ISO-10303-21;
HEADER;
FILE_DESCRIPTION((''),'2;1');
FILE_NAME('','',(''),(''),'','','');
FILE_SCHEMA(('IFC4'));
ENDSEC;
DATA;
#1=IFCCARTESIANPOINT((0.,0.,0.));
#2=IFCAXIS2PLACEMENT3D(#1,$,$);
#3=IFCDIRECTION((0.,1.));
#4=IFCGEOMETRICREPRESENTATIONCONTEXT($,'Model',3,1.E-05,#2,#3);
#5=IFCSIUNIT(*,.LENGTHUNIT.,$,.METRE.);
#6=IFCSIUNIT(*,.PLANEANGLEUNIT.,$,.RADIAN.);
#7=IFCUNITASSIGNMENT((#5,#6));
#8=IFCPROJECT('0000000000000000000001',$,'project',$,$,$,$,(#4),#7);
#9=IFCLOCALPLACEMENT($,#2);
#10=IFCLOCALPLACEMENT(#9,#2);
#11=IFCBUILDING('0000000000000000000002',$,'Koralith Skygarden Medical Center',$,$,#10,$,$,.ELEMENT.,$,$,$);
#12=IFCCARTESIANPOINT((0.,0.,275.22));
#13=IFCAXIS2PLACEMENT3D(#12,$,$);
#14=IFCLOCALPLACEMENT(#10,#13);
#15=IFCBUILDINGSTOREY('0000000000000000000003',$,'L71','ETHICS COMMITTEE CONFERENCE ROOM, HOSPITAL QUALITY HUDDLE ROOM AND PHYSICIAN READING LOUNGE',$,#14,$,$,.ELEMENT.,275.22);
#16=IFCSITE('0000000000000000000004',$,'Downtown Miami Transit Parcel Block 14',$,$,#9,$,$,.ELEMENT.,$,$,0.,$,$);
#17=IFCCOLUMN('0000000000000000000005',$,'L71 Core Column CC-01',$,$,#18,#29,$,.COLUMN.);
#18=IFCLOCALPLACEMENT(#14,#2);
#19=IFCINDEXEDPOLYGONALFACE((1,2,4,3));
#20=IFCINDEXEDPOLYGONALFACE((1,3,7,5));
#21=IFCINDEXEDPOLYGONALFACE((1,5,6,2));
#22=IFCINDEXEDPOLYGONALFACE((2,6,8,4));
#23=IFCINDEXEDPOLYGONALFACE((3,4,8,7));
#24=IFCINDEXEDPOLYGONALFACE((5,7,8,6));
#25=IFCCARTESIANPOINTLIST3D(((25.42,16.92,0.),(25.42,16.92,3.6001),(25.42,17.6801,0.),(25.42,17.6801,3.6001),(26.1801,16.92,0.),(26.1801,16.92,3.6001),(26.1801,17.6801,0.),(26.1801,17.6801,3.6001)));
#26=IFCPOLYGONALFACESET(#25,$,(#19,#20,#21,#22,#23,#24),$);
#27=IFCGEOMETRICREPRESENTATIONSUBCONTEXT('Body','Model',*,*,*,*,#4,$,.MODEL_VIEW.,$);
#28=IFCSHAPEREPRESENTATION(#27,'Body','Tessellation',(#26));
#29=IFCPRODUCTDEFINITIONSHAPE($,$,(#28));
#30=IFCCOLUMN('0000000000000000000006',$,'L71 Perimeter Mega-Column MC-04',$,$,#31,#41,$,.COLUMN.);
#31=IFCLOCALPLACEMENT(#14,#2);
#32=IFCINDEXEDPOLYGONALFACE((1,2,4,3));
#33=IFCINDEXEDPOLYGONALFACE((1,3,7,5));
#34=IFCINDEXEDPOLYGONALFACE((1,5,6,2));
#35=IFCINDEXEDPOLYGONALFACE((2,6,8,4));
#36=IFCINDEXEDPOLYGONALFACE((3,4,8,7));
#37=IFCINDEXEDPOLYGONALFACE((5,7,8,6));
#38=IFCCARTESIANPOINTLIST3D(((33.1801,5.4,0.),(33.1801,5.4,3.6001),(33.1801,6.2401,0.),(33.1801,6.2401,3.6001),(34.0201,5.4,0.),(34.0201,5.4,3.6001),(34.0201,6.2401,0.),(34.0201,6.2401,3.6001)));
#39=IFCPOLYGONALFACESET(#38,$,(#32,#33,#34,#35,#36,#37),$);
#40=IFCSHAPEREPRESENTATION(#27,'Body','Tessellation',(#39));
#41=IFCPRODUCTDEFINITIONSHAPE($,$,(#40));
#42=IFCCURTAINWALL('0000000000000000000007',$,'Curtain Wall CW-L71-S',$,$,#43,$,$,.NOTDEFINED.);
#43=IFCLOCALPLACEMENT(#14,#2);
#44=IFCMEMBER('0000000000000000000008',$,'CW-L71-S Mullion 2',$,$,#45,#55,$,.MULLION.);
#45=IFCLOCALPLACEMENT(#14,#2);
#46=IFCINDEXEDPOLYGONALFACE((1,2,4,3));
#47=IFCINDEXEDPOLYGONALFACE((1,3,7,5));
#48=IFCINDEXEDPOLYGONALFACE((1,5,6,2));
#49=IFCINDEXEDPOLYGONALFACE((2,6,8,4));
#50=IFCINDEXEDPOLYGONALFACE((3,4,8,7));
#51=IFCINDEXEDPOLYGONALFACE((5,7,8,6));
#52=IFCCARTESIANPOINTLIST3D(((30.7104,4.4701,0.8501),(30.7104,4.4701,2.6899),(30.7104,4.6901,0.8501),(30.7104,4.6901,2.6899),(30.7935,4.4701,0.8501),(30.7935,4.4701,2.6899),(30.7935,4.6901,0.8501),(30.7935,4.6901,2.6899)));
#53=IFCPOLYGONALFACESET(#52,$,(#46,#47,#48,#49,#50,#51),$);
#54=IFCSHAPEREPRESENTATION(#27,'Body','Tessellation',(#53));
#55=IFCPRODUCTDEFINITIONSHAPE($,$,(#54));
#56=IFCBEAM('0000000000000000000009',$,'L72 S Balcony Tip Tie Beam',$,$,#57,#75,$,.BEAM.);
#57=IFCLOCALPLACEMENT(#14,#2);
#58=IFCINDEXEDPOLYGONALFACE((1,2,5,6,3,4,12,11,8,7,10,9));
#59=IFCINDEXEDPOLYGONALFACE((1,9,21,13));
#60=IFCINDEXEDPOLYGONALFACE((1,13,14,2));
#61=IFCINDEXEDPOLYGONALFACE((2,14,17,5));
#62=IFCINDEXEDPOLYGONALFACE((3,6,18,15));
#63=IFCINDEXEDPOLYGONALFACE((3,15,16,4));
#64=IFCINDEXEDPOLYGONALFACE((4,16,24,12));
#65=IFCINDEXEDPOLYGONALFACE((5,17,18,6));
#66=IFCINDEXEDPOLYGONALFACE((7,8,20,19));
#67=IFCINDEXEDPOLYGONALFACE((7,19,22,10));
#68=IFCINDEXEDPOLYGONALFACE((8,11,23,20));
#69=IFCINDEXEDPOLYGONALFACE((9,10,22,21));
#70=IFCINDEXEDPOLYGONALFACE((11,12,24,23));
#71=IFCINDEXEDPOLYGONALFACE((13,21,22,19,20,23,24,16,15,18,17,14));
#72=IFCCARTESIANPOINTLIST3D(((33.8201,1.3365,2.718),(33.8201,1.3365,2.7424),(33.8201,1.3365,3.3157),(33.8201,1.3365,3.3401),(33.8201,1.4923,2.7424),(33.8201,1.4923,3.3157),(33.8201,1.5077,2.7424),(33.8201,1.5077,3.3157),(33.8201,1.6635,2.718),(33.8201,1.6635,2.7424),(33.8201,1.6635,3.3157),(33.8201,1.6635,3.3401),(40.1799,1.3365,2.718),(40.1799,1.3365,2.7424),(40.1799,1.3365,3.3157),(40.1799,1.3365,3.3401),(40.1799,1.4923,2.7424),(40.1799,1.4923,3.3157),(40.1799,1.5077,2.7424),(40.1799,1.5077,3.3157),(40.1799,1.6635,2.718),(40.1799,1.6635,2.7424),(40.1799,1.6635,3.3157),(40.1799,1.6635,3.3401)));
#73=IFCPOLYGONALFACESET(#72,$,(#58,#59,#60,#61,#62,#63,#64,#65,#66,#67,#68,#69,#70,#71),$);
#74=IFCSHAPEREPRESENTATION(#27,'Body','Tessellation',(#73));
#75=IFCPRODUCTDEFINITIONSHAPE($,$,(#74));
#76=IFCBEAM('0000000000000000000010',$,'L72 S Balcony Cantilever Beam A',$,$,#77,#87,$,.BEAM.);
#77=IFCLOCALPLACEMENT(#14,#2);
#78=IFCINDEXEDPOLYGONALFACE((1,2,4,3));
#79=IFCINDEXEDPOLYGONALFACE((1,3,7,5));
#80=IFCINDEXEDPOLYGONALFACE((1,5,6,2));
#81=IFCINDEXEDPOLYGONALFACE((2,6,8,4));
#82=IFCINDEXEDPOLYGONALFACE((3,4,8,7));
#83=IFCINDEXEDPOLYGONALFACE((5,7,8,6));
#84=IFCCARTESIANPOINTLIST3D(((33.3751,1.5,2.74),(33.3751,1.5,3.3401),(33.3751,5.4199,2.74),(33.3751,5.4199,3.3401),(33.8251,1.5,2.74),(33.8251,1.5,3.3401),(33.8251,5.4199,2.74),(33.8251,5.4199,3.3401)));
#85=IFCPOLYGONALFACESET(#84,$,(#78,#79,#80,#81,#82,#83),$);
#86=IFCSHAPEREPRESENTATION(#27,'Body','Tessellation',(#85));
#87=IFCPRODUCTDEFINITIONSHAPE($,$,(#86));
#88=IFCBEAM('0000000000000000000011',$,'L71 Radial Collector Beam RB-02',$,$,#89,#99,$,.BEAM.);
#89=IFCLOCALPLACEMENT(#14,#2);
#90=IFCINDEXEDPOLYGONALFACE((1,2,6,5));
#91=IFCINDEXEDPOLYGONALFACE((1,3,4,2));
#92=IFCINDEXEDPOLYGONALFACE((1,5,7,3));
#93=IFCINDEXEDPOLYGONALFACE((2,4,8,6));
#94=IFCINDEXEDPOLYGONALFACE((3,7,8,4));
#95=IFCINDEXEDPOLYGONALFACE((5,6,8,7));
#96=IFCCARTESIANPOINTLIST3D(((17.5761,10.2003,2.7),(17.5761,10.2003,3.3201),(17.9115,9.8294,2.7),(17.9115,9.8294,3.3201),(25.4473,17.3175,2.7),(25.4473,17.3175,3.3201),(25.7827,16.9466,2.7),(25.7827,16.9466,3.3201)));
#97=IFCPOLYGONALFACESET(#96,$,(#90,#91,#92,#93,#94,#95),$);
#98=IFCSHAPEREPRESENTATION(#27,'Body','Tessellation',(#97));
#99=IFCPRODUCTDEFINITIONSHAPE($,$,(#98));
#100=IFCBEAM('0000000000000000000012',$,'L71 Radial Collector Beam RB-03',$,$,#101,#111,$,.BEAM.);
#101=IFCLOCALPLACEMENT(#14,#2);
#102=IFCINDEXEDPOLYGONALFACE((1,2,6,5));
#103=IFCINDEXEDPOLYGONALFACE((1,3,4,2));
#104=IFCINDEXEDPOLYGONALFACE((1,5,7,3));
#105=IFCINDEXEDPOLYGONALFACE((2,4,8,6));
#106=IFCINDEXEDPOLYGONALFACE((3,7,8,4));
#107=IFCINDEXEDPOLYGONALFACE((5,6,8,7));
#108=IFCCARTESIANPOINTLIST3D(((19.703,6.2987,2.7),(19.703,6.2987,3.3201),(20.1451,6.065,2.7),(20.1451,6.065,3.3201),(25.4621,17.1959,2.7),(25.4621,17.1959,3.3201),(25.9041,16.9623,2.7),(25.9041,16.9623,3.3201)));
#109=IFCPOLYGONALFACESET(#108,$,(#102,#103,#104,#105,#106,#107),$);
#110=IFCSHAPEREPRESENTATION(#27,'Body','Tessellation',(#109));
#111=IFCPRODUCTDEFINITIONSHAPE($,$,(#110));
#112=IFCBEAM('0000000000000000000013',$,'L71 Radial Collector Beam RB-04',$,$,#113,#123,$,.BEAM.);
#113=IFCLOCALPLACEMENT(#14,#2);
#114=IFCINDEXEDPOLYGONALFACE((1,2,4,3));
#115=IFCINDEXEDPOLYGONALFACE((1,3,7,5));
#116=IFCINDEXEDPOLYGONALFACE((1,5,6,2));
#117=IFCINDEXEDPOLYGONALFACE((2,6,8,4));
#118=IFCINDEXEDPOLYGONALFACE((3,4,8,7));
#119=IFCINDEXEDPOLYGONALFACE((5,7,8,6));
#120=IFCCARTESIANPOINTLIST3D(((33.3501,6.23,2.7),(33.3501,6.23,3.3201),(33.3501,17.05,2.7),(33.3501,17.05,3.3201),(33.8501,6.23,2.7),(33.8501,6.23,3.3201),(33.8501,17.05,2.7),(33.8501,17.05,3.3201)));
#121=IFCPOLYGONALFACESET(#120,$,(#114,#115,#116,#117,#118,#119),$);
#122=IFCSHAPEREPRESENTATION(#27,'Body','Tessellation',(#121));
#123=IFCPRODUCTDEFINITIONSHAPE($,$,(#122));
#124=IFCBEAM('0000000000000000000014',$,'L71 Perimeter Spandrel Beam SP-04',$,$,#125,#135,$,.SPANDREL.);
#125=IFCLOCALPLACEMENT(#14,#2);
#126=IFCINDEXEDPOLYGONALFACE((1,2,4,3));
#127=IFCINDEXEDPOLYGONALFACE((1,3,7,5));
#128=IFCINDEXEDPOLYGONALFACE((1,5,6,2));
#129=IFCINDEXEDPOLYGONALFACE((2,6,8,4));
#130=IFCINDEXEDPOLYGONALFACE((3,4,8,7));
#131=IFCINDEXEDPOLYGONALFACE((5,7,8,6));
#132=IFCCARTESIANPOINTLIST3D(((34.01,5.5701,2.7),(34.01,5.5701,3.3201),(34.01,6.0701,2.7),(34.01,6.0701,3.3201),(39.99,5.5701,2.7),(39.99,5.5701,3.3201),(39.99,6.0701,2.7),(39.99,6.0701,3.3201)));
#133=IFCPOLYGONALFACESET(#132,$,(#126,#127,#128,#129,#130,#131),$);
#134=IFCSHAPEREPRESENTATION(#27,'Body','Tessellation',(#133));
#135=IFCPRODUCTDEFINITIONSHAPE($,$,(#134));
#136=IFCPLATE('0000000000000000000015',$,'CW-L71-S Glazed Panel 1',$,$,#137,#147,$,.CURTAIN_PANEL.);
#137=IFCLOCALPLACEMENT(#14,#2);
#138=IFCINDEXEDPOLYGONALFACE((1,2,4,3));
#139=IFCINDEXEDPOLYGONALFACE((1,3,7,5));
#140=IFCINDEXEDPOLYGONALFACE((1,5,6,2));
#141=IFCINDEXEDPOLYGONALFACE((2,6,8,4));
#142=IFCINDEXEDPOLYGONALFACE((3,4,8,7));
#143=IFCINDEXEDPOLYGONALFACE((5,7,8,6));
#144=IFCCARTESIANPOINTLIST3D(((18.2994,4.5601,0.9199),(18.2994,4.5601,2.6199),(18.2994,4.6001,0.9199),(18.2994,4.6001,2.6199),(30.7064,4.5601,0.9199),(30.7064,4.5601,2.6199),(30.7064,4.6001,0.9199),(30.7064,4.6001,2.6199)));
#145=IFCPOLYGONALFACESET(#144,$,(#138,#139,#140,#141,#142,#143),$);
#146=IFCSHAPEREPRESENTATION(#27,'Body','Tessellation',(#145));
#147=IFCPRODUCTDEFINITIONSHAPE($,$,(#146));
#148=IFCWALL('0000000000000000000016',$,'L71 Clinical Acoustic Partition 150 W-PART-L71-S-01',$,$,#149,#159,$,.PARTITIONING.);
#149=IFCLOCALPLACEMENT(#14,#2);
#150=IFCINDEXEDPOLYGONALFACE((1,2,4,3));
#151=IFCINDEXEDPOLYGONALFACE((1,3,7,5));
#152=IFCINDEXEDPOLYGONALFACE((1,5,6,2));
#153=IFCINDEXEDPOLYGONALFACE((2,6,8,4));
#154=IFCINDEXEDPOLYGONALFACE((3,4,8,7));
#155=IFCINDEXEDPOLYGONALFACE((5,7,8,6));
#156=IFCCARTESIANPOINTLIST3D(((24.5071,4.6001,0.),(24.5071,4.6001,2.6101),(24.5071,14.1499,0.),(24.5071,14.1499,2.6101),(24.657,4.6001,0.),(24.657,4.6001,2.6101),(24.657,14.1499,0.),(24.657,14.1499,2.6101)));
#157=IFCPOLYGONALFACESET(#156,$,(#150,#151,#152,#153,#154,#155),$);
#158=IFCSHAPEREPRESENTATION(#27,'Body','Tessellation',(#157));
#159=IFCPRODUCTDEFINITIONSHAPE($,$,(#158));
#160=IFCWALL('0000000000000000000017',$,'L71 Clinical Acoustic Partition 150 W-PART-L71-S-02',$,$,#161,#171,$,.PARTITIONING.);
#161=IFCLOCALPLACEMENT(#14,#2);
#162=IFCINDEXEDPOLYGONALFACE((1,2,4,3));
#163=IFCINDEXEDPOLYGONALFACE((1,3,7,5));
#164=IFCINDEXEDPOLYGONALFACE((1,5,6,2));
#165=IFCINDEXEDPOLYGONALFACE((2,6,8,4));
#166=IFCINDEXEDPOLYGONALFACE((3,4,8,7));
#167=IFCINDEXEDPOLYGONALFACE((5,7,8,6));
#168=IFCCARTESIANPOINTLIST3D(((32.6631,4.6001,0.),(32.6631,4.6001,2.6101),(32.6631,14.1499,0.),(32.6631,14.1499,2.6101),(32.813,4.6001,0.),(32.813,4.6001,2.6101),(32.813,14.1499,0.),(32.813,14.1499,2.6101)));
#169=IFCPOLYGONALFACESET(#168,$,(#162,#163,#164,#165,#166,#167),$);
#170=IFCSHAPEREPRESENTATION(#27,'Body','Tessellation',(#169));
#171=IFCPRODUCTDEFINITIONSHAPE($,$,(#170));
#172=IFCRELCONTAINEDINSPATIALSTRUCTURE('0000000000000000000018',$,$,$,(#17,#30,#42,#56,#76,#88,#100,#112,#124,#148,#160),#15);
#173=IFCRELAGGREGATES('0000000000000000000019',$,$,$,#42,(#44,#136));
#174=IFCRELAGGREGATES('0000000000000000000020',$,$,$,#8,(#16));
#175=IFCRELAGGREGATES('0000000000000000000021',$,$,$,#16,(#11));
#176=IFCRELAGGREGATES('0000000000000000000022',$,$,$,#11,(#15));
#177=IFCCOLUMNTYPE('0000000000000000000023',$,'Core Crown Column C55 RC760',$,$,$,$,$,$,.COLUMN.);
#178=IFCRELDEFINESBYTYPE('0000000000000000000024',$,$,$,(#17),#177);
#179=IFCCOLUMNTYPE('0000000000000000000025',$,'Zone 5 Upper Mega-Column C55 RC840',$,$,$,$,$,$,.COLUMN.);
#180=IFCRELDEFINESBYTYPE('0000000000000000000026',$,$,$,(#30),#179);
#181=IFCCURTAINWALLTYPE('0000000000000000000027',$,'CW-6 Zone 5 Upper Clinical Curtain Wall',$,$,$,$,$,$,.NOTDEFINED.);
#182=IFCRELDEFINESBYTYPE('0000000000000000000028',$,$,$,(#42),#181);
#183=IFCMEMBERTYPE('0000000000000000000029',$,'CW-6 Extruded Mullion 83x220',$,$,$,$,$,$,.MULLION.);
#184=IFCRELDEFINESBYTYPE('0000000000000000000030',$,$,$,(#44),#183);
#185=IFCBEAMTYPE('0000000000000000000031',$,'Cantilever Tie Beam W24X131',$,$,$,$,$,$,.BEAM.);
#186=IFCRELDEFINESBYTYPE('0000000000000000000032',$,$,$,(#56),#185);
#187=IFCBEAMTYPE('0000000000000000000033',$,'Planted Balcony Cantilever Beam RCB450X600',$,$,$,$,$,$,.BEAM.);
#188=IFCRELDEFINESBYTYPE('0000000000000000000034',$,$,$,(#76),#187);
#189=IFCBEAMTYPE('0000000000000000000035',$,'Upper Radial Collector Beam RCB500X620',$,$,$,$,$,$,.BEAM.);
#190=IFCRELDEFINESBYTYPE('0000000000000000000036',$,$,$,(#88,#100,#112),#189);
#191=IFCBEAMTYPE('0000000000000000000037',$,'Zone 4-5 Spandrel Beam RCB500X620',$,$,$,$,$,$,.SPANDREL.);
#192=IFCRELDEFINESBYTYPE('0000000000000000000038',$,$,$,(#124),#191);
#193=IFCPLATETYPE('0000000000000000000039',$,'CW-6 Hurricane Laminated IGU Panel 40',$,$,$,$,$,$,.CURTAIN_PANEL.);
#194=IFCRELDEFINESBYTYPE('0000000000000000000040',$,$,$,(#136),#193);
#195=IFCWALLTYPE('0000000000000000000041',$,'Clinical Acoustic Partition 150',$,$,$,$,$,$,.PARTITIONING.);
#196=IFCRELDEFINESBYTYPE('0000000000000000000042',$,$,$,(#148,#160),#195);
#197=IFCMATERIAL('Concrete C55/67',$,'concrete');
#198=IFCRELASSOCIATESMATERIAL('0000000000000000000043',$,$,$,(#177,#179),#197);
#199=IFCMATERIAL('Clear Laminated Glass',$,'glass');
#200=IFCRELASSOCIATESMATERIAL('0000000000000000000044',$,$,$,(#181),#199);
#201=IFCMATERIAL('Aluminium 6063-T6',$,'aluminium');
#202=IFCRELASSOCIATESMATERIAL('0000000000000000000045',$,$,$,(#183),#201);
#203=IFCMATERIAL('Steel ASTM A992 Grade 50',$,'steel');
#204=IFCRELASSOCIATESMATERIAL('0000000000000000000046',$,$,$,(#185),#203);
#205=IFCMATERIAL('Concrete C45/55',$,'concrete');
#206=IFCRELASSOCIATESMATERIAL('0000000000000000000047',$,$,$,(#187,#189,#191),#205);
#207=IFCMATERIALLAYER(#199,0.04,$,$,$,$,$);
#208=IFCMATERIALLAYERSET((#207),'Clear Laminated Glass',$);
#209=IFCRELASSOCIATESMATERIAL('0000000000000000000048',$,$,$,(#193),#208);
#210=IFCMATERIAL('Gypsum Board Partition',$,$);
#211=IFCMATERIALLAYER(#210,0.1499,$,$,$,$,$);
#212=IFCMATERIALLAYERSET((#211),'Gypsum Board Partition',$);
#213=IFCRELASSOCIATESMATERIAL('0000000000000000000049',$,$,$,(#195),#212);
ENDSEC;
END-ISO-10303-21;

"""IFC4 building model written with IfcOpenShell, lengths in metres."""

from ifc_helpers import new_model, si_unit, direction, frame, frame_2d, origin, origin_2d, place, context, subcontext, project, spatial, rectangle, i_section, extrude, material, layer, layer_set, material_profile, profile_set, type_object, element, aggregate, save


model = new_model("IFC4")

# Units and contexts
model_context = context("Model", 3, precision=1e-05, world=origin(), true_north=direction((0.0, 1.0)))
body_context = subcontext(model_context, "Body", "Model", "MODEL_VIEW")
ifc_project = project(units=[si_unit("LENGTHUNIT", "METRE"), si_unit("PLANEANGLEUNIT", "RADIAN")], contexts=[model_context])

# Site, building, storey
site_placement = place(None, origin())
site = spatial("IfcSite", under=ifc_project, at=site_placement, Name="Downtown Miami Transit Parcel Block 14", CompositionType="ELEMENT", RefElevation=0.0)
building_placement = place(site_placement, origin())
building = spatial("IfcBuilding", under=site, at=building_placement, Name="Koralith Skygarden Medical Center", CompositionType="ELEMENT")
storey_placement = place(building_placement, frame((0.0, 0.0, 275.22)))
storey = spatial("IfcBuildingStorey", under=building, at=storey_placement, Name="L71", Description="ETHICS COMMITTEE CONFERENCE ROOM, HOSPITAL QUALITY HUDDLE ROOM AND PHYSICIAN READING LOUNGE", CompositionType="ELEMENT", Elevation=275.22)

# Columns
ifc_material_1 = material(Name="Concrete C55/67", Category="concrete")
ifc_material_profile_1 = material_profile(ifc_material_1, rectangle(XDim=0.76, YDim=0.76, at=origin_2d()), Name="RC760X760")
ifc_profile_set_1 = profile_set([ifc_material_profile_1], Name="Concrete C55/67")
column_type_1 = type_object("IfcColumnType", Name="Core Crown Column C55 RC760", PredefinedType="COLUMN", material=ifc_profile_set_1)
column_1_placement = place(storey_placement, frame((25.8, 17.3, 0.0), z_axis=(0.0, 0.0, 1.0), x_axis=(1.0, 0.0, 0.0)))
element("IfcColumn", 1, at=column_1_placement, inside=storey, type_object=column_type_1, Name="L71 Core Column CC-01", PredefinedType="COLUMN", context=body_context, shape_type="SweptSolid", body=[
    extrude(rectangle(XDim=0.76, YDim=0.76, at=origin_2d()), origin(), (0.0, 0.0, 1.0), 3.6001),
])
ifc_material_profile_2 = material_profile(ifc_material_1, rectangle(XDim=0.8401, YDim=0.8401, at=origin_2d()), Name="RC840X840")
ifc_profile_set_2 = profile_set([ifc_material_profile_2], Name="Concrete C55/67")
column_type_2 = type_object("IfcColumnType", Name="Zone 5 Upper Mega-Column C55 RC840", PredefinedType="COLUMN", material=ifc_profile_set_2)
column_2_placement = place(storey_placement, frame((33.6001, 5.8201, 0.0), z_axis=(0.0, 0.0, 1.0), x_axis=(1.0, 0.0, 0.0)))
element("IfcColumn", 2, at=column_2_placement, inside=storey, type_object=column_type_2, Name="L71 Perimeter Mega-Column MC-04", PredefinedType="COLUMN", context=body_context, shape_type="SweptSolid", body=[
    extrude(rectangle(XDim=0.8401, YDim=0.8401, at=origin_2d()), origin(), (0.0, 0.0, 1.0), 3.6001),
])

# Curtain wall, member
ifc_material_2 = material(Name="Clear Laminated Glass", Category="glass")
curtain_wall_type = type_object("IfcCurtainWallType", Name="CW-6 Zone 5 Upper Clinical Curtain Wall", PredefinedType="NOTDEFINED", material=ifc_material_2)
curtain_wall_placement = place(storey_placement, origin())
curtain_wall = element("IfcCurtainWall", 3, at=curtain_wall_placement, inside=storey, type_object=curtain_wall_type, Name="Curtain Wall CW-L71-S", PredefinedType="NOTDEFINED")
ifc_material_3 = material(Name="Aluminium 6063-T6", Category="aluminium")
ifc_material_profile_3 = material_profile(ifc_material_3, rectangle(XDim=0.083, YDim=0.22, at=origin_2d()), Name="MUL83X220")
ifc_profile_set_3 = profile_set([ifc_material_profile_3], Name="Aluminium 6063-T6")
member_type = type_object("IfcMemberType", Name="CW-6 Extruded Mullion 83x220", PredefinedType="MULLION", material=ifc_profile_set_3)
member_placement = place(storey_placement, frame((30.752, 4.5801, 0.8501), z_axis=(0.0, 0.0, 1.0), x_axis=(1.0, 0.0, 0.0)))
member = element("IfcMember", 4, at=member_placement, type_object=member_type, Name="CW-L71-S Mullion 2", PredefinedType="MULLION", context=body_context, shape_type="SweptSolid", body=[
    extrude(rectangle(XDim=0.083, YDim=0.22, at=origin_2d()), origin(), (0.0, 0.0, 1.0), 1.8398),
])

# Beams
ifc_material_4 = material(Name="Steel ASTM A992 Grade 50", Category="steel")
ifc_material_profile_4 = material_profile(ifc_material_4, i_section(OverallWidth=0.3269, OverallDepth=0.6221, WebThickness=0.0154, FlangeThickness=0.0244, at=origin_2d()), Name="W24X131")
ifc_profile_set_4 = profile_set([ifc_material_profile_4], Name="Steel ASTM A992 Grade 50")
beam_type_1 = type_object("IfcBeamType", Name="Cantilever Tie Beam W24X131", PredefinedType="BEAM", material=ifc_profile_set_4)
beam_1_placement = place(storey_placement, frame((33.8201, 1.5, 3.0291), z_axis=(1.0, 0.0, 0.0), x_axis=(0.0, 1.0, 0.0)))
element("IfcBeam", 5, at=beam_1_placement, inside=storey, type_object=beam_type_1, Name="L72 S Balcony Tip Tie Beam", PredefinedType="BEAM", context=body_context, shape_type="SweptSolid", body=[
    extrude(i_section(OverallWidth=0.3269, OverallDepth=0.6221, WebThickness=0.0154, FlangeThickness=0.0244, at=origin_2d()), origin(), (0.0, 0.0, 1.0), 6.3599),
])
ifc_material_5 = material(Name="Concrete C45/55", Category="concrete")
ifc_material_profile_5 = material_profile(ifc_material_5, rectangle(XDim=0.45, YDim=0.6001, at=origin_2d()), Name="RCB450X600")
ifc_profile_set_5 = profile_set([ifc_material_profile_5], Name="Concrete C45/55")
beam_type_2 = type_object("IfcBeamType", Name="Planted Balcony Cantilever Beam RCB450X600", PredefinedType="BEAM", material=ifc_profile_set_5)
beam_2_placement = place(storey_placement, frame((33.6001, 5.4199, 3.04), z_axis=(0.0, -1.0, 0.0), x_axis=(1.0, 0.0, 0.0)))
element("IfcBeam", 6, at=beam_2_placement, inside=storey, type_object=beam_type_2, Name="L72 S Balcony Cantilever Beam A", PredefinedType="BEAM", context=body_context, shape_type="SweptSolid", body=[
    extrude(rectangle(XDim=0.45, YDim=0.6001, at=origin_2d()), origin(), (0.0, 0.0, 1.0), 3.9199),
])
ifc_material_profile_6 = material_profile(ifc_material_5, rectangle(XDim=0.5, YDim=0.6201, at=origin_2d()), Name="RCB500X620")
ifc_profile_set_6 = profile_set([ifc_material_profile_6], Name="Concrete C45/55")
beam_type_3 = type_object("IfcBeamType", Name="Upper Radial Collector Beam RCB500X620", PredefinedType="BEAM", material=ifc_profile_set_6)
beam_3_placement = place(storey_placement, frame((25.615, 17.1321, 3.01), z_axis=(-0.741736, -0.670692, 0.0), x_axis=(0.670692, -0.741736, 0.0)))
element("IfcBeam", 7, at=beam_3_placement, inside=storey, type_object=beam_type_3, Name="L71 Radial Collector Beam RB-02", PredefinedType="BEAM", context=body_context, shape_type="SweptSolid", body=[
    extrude(rectangle(XDim=0.5, YDim=0.6201, at=origin_2d()), origin(), (0.0, 0.0, 1.0), 10.6118),
])
beam_4_placement = place(storey_placement, frame((25.6831, 17.0791, 3.01), z_axis=(-0.467249, -0.884126, 0.0), x_axis=(0.884126, -0.467249, 0.0)))
element("IfcBeam", 8, at=beam_4_placement, inside=storey, type_object=beam_type_3, Name="L71 Radial Collector Beam RB-03", PredefinedType="BEAM", context=body_context, shape_type="SweptSolid", body=[
    extrude(rectangle(XDim=0.5, YDim=0.6201, at=origin_2d()), origin(), (0.0, 0.0, 1.0), 12.3254),
])
beam_5_placement = place(storey_placement, frame((33.6001, 17.05, 3.01), z_axis=(0.0, -1.0, 0.0), x_axis=(1.0, 0.0, 0.0)))
element("IfcBeam", 9, at=beam_5_placement, inside=storey, type_object=beam_type_3, Name="L71 Radial Collector Beam RB-04", PredefinedType="BEAM", context=body_context, shape_type="SweptSolid", body=[
    extrude(rectangle(XDim=0.5, YDim=0.6201, at=origin_2d()), origin(), (0.0, 0.0, 1.0), 10.8201),
])
ifc_material_profile_7 = material_profile(ifc_material_5, rectangle(XDim=0.5, YDim=0.6201, at=origin_2d()), Name="RCB500X620")
ifc_profile_set_7 = profile_set([ifc_material_profile_7], Name="Concrete C45/55")
beam_type_4 = type_object("IfcBeamType", Name="Zone 4-5 Spandrel Beam RCB500X620", PredefinedType="SPANDREL", material=ifc_profile_set_7)
beam_6_placement = place(storey_placement, frame((34.01, 5.8201, 3.01), z_axis=(1.0, 0.0, 0.0), x_axis=(0.0, 1.0, 0.0)))
element("IfcBeam", 10, at=beam_6_placement, inside=storey, type_object=beam_type_4, Name="L71 Perimeter Spandrel Beam SP-04", PredefinedType="SPANDREL", context=body_context, shape_type="SweptSolid", body=[
    extrude(rectangle(XDim=0.5, YDim=0.6201, at=origin_2d()), origin(), (0.0, 0.0, 1.0), 5.98),
])

# Plate
ifc_layer_1 = layer(ifc_material_2, 0.04)
ifc_layer_set_1 = layer_set([ifc_layer_1], Name="Clear Laminated Glass")
plate_type = type_object("IfcPlateType", Name="CW-6 Hurricane Laminated IGU Panel 40", PredefinedType="CURTAIN_PANEL", material=ifc_layer_set_1)
plate_placement = place(storey_placement, frame((24.5029, 4.5801, 0.9199), z_axis=(0.0, 0.0, 1.0), x_axis=(1.0, 0.0, 0.0)))
plate = element("IfcPlate", 11, at=plate_placement, type_object=plate_type, Name="CW-L71-S Glazed Panel 1", PredefinedType="CURTAIN_PANEL", context=body_context, shape_type="SweptSolid", body=[
    extrude(rectangle(XDim=12.407, YDim=0.04, at=origin_2d()), origin(), (0.0, 0.0, 1.0), 1.7),
])
aggregate(curtain_wall, [member, plate])

# Walls
ifc_material_6 = material(Name="Gypsum Board Partition")
ifc_layer_2 = layer(ifc_material_6, 0.1499)
ifc_layer_set_2 = layer_set([ifc_layer_2], Name="Gypsum Board Partition")
wall_type_1 = type_object("IfcWallType", Name="Clinical Acoustic Partition 150", PredefinedType="PARTITIONING", material=ifc_layer_set_2)
for number, where, z_axis, x_axis, name in (
    (12, (24.582, 14.1499, 0.0), (0.0, 0.0, 1.0), (0.0, -1.0, 0.0), "L71 Clinical Acoustic Partition 150 W-PART-L71-S-01"),
    (13, (32.738, 14.1499, 0.0), (0.0, 0.0, 1.0), (0.0, -1.0, 0.0), "L71 Clinical Acoustic Partition 150 W-PART-L71-S-02"),
):
    element("IfcWall", number, at=place(storey_placement, frame(where, z_axis=z_axis, x_axis=x_axis)), inside=storey, type_object=wall_type_1, Name=name, PredefinedType="PARTITIONING", context=body_context, shape_type="SweptSolid", body=[
        extrude(rectangle(XDim=9.5498, YDim=0.1499, at=frame_2d((4.7749, 0.0))), origin(), (0.0, 0.0, 1.0), 2.6101),
    ])

save(model, "model.ifc")
